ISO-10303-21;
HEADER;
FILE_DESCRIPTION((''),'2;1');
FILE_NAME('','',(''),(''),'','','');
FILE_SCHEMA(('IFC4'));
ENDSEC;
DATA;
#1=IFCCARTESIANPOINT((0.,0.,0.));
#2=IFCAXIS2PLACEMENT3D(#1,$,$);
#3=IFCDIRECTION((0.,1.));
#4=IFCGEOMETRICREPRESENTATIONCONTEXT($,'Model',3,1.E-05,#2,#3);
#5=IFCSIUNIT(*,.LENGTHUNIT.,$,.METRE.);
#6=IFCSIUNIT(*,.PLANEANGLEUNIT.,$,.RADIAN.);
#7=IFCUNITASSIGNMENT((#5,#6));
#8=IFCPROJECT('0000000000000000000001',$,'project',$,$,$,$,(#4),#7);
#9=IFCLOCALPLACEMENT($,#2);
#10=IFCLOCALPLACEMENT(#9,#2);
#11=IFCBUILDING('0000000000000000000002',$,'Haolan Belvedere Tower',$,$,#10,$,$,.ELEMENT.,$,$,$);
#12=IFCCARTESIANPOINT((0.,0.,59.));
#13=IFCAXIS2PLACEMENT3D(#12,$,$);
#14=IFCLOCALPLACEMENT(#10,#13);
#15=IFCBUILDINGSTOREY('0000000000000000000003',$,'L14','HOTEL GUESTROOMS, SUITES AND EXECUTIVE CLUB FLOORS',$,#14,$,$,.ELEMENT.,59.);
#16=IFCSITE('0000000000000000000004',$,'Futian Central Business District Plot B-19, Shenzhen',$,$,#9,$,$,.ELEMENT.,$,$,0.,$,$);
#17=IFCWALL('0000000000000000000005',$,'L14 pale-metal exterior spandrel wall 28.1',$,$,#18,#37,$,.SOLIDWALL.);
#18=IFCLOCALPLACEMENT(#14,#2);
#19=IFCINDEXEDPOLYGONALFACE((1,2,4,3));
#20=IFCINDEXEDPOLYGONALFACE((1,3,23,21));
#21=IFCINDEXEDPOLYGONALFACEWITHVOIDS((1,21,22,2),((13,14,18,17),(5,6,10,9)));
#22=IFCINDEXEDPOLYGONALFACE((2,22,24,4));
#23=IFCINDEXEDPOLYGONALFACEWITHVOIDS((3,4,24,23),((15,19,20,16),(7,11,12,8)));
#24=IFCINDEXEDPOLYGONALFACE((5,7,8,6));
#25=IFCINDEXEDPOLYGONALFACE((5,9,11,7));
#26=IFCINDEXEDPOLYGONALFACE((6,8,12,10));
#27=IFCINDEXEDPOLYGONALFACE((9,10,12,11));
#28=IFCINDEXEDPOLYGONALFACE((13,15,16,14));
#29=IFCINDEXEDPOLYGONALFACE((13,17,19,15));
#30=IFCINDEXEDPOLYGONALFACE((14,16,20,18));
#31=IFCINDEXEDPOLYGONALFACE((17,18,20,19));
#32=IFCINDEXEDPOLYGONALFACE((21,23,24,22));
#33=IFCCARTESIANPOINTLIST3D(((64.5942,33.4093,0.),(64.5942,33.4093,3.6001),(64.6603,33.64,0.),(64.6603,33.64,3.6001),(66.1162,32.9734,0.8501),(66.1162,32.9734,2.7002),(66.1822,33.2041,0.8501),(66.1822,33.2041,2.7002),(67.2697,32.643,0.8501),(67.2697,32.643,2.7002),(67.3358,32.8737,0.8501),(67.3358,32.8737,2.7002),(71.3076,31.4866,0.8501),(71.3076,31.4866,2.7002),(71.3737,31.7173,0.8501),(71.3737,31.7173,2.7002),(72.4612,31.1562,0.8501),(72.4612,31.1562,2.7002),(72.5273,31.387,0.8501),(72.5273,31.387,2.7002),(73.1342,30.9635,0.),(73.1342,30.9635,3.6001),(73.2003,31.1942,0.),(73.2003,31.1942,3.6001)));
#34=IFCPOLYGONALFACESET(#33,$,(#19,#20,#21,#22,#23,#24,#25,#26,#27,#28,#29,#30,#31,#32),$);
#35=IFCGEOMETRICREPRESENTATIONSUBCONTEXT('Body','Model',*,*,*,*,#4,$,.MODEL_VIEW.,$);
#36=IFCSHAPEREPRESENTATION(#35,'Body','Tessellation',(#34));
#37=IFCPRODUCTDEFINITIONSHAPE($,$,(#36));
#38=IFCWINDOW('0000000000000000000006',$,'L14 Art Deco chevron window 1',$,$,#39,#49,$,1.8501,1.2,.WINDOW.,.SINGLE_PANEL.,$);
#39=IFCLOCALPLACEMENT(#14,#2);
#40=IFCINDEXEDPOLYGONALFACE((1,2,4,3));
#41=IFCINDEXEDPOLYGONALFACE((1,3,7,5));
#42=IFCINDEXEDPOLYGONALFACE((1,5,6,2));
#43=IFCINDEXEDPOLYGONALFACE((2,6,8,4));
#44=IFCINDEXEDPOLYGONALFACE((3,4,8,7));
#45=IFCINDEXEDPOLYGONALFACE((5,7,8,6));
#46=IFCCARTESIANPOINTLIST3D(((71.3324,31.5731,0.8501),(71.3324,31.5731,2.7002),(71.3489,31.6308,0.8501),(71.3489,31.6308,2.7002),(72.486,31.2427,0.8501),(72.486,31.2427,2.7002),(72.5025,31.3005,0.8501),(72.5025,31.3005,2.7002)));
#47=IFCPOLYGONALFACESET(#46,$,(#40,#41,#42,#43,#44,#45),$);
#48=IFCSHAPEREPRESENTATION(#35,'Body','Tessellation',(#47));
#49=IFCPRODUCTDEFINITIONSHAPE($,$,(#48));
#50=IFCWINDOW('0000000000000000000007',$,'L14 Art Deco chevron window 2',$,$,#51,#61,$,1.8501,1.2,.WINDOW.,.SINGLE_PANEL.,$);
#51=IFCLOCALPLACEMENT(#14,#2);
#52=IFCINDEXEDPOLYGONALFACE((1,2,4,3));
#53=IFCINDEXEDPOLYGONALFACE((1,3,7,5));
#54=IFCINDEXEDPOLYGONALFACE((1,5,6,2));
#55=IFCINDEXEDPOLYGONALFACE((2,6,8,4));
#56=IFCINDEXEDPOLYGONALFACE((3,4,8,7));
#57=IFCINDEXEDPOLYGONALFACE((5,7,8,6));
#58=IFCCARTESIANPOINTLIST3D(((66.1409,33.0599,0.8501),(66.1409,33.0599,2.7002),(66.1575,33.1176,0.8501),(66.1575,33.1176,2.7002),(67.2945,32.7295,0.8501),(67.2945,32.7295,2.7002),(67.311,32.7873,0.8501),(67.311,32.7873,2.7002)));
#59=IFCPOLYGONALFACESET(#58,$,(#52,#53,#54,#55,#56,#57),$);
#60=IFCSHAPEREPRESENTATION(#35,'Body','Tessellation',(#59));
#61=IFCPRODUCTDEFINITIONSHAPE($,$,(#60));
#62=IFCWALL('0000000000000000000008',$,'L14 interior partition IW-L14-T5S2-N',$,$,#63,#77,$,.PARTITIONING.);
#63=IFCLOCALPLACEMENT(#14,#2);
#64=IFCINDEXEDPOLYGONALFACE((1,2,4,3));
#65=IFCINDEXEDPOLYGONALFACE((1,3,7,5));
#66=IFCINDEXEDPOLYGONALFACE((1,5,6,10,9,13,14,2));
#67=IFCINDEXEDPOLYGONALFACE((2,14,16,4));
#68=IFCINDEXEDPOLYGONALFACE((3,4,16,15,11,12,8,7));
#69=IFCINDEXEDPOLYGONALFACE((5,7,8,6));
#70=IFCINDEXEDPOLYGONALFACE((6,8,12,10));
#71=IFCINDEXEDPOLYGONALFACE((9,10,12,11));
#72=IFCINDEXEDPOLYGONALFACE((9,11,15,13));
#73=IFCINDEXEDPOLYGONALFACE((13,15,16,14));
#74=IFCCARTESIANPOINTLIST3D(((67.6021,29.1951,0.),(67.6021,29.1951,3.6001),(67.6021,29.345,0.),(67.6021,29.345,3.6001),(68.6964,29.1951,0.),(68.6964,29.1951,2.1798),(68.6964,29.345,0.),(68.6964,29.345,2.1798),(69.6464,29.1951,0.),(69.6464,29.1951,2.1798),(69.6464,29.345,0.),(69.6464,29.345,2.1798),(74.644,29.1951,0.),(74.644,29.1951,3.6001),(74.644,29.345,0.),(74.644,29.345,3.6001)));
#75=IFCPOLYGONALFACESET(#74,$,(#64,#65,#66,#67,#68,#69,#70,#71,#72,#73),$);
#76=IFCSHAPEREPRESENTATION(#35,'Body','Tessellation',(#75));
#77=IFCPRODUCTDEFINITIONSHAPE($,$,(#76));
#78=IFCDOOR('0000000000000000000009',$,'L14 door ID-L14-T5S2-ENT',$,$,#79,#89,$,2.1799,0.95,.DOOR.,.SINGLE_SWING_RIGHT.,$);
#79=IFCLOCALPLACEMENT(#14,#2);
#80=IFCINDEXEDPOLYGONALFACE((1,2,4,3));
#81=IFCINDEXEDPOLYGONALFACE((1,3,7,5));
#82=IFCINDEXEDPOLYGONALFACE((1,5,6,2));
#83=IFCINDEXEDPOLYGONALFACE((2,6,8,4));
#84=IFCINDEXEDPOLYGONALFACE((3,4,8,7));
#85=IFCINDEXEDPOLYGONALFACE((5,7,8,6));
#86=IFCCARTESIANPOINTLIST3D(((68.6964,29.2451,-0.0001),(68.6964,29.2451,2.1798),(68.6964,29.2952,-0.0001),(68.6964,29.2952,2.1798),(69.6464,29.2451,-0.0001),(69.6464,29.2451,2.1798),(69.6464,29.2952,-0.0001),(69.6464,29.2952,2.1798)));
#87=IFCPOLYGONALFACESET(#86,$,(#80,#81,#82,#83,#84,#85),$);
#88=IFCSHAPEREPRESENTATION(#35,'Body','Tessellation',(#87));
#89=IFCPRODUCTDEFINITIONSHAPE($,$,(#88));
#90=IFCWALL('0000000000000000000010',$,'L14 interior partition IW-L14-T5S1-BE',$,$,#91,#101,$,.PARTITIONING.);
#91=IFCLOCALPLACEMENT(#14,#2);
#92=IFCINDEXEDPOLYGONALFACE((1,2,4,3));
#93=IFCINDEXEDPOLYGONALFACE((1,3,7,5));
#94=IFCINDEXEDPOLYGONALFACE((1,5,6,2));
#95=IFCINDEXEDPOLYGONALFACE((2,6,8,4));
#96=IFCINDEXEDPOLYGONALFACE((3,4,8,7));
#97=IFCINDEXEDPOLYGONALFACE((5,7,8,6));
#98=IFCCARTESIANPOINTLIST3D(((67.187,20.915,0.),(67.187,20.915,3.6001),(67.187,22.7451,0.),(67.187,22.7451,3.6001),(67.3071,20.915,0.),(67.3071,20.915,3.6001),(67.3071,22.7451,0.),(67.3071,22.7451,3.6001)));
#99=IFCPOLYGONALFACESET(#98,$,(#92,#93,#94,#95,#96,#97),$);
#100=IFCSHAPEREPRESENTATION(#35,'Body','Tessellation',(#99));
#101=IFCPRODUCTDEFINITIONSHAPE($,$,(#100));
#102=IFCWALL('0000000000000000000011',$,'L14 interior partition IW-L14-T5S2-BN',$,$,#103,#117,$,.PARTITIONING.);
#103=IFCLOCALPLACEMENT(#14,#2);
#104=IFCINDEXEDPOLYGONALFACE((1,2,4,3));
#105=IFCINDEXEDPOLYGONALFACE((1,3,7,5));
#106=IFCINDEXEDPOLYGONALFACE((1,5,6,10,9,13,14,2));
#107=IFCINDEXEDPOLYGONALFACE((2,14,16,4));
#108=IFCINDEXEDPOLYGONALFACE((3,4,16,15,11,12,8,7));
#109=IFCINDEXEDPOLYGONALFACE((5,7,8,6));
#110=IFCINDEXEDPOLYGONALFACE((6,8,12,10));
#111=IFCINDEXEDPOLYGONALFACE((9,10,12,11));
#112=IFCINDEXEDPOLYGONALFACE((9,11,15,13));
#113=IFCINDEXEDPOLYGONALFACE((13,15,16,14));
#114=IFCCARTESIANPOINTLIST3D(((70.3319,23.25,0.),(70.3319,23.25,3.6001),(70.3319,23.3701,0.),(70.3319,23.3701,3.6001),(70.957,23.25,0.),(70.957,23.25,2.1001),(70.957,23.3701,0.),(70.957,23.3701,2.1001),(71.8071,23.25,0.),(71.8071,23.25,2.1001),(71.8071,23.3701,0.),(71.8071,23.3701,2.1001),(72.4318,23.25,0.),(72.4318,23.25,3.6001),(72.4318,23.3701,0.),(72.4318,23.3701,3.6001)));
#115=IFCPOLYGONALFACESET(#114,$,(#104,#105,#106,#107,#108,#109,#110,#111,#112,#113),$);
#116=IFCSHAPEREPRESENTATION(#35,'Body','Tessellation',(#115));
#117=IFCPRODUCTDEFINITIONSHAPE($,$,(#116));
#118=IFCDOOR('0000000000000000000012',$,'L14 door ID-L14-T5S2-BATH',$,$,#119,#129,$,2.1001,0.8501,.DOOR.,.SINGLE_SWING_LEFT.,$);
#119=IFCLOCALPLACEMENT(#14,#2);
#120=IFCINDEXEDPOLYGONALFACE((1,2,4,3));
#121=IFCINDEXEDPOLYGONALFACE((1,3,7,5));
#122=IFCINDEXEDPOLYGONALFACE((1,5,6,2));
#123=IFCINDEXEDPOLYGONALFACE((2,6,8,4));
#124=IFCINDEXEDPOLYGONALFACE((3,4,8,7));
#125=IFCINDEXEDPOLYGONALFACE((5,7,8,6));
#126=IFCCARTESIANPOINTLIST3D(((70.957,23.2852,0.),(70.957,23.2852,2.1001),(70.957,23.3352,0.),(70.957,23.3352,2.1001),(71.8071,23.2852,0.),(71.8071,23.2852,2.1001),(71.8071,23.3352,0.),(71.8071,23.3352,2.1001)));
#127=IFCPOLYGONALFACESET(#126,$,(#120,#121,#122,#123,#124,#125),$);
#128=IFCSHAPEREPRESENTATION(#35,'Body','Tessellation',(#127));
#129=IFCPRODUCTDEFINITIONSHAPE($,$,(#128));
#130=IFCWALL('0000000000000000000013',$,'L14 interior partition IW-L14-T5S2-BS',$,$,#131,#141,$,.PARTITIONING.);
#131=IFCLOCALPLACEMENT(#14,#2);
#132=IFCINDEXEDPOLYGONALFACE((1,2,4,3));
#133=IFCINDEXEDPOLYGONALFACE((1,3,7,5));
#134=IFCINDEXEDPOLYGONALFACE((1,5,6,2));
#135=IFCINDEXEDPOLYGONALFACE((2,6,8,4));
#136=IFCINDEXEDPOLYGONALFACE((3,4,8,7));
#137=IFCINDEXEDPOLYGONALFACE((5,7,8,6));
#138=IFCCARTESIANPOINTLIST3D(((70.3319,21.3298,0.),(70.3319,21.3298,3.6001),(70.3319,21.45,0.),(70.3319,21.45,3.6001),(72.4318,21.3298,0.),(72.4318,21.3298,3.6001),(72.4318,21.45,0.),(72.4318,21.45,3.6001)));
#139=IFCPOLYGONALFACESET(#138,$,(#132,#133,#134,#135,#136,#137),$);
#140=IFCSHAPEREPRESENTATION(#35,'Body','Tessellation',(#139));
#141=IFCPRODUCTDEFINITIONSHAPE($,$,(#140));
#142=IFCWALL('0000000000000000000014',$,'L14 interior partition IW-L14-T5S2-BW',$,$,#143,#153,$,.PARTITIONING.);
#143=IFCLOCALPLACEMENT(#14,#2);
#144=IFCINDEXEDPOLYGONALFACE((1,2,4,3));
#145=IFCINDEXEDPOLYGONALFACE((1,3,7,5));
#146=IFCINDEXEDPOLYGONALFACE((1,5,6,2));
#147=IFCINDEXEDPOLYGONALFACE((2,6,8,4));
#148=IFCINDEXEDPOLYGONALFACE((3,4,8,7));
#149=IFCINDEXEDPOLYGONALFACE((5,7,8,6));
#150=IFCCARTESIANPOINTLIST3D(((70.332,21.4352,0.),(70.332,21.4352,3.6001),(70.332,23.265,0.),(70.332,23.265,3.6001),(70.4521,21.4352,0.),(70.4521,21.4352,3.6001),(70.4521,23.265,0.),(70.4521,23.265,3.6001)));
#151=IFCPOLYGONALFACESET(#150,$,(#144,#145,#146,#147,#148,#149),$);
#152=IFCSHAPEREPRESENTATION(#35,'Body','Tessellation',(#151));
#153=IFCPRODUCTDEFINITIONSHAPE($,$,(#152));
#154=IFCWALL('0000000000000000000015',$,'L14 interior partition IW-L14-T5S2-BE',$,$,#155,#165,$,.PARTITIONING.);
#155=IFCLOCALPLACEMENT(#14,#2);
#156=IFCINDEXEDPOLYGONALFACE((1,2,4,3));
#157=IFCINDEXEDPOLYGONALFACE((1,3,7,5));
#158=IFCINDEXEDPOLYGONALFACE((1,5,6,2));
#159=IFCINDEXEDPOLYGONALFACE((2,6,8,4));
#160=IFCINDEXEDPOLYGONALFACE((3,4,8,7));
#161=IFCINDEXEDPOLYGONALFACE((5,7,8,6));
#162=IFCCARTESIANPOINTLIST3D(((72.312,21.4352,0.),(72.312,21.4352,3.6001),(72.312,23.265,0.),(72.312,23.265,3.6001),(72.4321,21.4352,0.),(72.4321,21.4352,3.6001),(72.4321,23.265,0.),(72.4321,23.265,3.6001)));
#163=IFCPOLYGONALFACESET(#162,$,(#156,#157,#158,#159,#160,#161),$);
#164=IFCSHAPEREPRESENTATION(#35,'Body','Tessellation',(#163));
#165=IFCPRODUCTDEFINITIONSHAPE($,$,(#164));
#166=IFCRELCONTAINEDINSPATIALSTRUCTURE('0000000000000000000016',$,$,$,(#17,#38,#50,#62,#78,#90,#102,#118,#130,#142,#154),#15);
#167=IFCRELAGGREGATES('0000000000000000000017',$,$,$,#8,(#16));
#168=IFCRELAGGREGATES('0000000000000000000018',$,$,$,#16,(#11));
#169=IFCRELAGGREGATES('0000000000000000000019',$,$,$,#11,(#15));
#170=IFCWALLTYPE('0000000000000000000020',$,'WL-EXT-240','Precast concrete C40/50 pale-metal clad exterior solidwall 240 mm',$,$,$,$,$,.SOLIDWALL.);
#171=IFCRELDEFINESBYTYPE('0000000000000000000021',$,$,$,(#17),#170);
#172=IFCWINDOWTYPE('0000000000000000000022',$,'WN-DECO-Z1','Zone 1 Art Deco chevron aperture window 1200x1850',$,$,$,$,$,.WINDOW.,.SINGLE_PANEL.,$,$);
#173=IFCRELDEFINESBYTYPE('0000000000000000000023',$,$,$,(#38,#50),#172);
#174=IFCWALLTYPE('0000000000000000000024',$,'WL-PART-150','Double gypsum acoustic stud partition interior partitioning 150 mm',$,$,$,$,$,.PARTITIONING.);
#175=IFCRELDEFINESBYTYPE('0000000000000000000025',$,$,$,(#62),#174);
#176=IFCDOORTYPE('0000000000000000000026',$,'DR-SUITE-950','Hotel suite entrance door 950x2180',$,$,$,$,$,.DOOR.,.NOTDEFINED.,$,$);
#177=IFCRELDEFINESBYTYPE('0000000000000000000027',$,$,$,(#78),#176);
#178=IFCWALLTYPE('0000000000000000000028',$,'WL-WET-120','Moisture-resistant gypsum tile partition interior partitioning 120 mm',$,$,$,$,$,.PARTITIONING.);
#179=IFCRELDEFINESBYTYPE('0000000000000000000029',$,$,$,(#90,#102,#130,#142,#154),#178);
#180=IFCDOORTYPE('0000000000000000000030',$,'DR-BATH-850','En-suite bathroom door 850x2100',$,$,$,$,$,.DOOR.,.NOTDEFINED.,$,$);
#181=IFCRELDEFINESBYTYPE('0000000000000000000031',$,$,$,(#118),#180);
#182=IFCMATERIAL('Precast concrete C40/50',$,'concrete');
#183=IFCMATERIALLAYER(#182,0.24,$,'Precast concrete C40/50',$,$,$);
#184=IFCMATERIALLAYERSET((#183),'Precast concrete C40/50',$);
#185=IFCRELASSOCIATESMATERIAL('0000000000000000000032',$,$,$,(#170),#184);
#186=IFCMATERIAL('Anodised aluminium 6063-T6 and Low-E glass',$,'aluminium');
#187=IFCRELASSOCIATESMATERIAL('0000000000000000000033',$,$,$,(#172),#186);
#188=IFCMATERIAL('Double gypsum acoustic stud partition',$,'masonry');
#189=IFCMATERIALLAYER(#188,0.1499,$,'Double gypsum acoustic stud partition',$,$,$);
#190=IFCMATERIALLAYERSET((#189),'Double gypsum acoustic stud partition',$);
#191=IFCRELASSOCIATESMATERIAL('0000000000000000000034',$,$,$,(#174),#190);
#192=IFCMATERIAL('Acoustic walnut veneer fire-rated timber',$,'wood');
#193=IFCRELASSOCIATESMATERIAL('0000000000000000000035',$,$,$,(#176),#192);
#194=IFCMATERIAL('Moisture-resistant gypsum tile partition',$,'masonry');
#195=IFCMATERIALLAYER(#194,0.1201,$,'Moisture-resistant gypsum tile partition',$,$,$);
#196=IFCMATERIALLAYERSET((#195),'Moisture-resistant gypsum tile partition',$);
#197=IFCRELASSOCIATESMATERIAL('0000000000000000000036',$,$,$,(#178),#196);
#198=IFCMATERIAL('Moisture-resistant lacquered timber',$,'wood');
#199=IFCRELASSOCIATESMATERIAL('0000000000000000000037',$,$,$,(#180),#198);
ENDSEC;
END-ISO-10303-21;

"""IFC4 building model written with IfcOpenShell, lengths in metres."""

from ifc_helpers import new_model, si_unit, direction, frame, frame_2d, origin, place, context, subcontext, project, spatial, rectangle, extrude, material, layer, layer_set, type_object, element, fill, save


model = new_model("IFC4")

# Units and contexts
model_context = context("Model", 3, precision=1e-05, world=origin(), true_north=direction((0.0, 1.0)))
body_context = subcontext(model_context, "Body", "Model", "MODEL_VIEW")
ifc_project = project(units=[si_unit("LENGTHUNIT", "METRE"), si_unit("PLANEANGLEUNIT", "RADIAN")], contexts=[model_context])

# Site, building, storey
site_placement = place(None, origin())
site = spatial("IfcSite", under=ifc_project, at=site_placement, Name="Futian Central Business District Plot B-19, Shenzhen", CompositionType="ELEMENT", RefElevation=0.0)
building_placement = place(site_placement, origin())
building = spatial("IfcBuilding", under=site, at=building_placement, Name="Haolan Belvedere Tower", CompositionType="ELEMENT")
storey_placement = place(building_placement, frame((0.0, 0.0, 59.0)))
storey = spatial("IfcBuildingStorey", under=building, at=storey_placement, Name="L14", Description="HOTEL GUESTROOMS, SUITES AND EXECUTIVE CLUB FLOORS", CompositionType="ELEMENT", Elevation=59.0)

# Shared definitions
ifc_material_1 = material(Name="Precast concrete C40/50", Category="concrete")
ifc_layer_1 = layer(ifc_material_1, 0.24, Name="Precast concrete C40/50")
ifc_layer_set_1 = layer_set([ifc_layer_1], Name="Precast concrete C40/50")
wall_type_1 = type_object("IfcWallType", Name="WL-EXT-240", Description="Precast concrete C40/50 pale-metal clad exterior solidwall 240 mm", PredefinedType="SOLIDWALL", material=ifc_layer_set_1)
ifc_material_2 = material(Name="Anodised aluminium 6063-T6 and Low-E glass", Category="aluminium")
window_type = type_object("IfcWindowType", Name="WN-DECO-Z1", Description="Zone 1 Art Deco chevron aperture window 1200x1850", PartitioningType="SINGLE_PANEL", PredefinedType="WINDOW", material=ifc_material_2)

# Wall, openings, windows
wall_1_placement = place(storey_placement, frame((73.1672, 31.0789, 0.0), z_axis=(0.0, 0.0, 1.0), x_axis=(-0.961352, 0.275324, 0.0)))
wall_1 = element("IfcWall", 1, at=wall_1_placement, inside=storey, type_object=wall_type_1, Name="L14 pale-metal exterior spandrel wall 28.1", PredefinedType="SOLIDWALL", context=body_context, shape_type="SweptSolid", body=[
    extrude(rectangle(XDim=8.8833, YDim=0.24, at=frame_2d((4.4417, 0.0))), origin(), (0.0, 0.0, 1.0), 3.6001),
])
opening_1_placement = place(wall_1_placement, frame((0.7, 0.0, 0.8501)))
opening_1 = element("IfcOpeningElement", 2, at=opening_1_placement, cuts=wall_1, PredefinedType="OPENING", context=body_context, shape_type="SweptSolid", body=[
    extrude(rectangle(XDim=1.2, YDim=1.8501, at=frame_2d((0.6001, 0.925))), frame((0.0, 0.1299, 0.0), z_axis=(0.0, -1.0, 0.0), x_axis=(1.0, 0.0, 0.0)), (0.0, 0.0, 1.0), 0.26),
])
opening_2_placement = place(wall_1_placement, frame((6.1001, 0.0, 0.8501)))
opening_2 = element("IfcOpeningElement", 3, at=opening_2_placement, cuts=wall_1, PredefinedType="OPENING", context=body_context, shape_type="SweptSolid", body=[
    extrude(rectangle(XDim=1.2, YDim=1.8501, at=frame_2d((0.6001, 0.925))), frame((0.0, 0.1299, 0.0), z_axis=(0.0, -1.0, 0.0), x_axis=(1.0, 0.0, 0.0)), (0.0, 0.0, 1.0), 0.26),
])
window_1_placement = place(opening_1_placement, origin())
window_1 = element("IfcWindow", 4, at=window_1_placement, inside=storey, type_object=window_type, Name="L14 Art Deco chevron window 1", OverallHeight=1.8501, OverallWidth=1.2, PartitioningType="SINGLE_PANEL", PredefinedType="WINDOW", context=body_context, shape_type="SweptSolid", body=[
    extrude(rectangle(XDim=1.2, YDim=1.8501, at=frame_2d((0.6001, 0.925))), frame((0.0, 0.03, 0.0), z_axis=(0.0, -1.0, 0.0), x_axis=(1.0, 0.0, 0.0)), (0.0, 0.0, 1.0), 0.0601),
])
fill(opening_1, window_1)
window_2_placement = place(opening_2_placement, origin())
window_2 = element("IfcWindow", 5, at=window_2_placement, inside=storey, type_object=window_type, Name="L14 Art Deco chevron window 2", OverallHeight=1.8501, OverallWidth=1.2, PartitioningType="SINGLE_PANEL", PredefinedType="WINDOW", context=body_context, shape_type="SweptSolid", body=[
    extrude(rectangle(XDim=1.2, YDim=1.8501, at=frame_2d((0.6001, 0.925))), frame((0.0, 0.03, 0.0), z_axis=(0.0, -1.0, 0.0), x_axis=(1.0, 0.0, 0.0)), (0.0, 0.0, 1.0), 0.0601),
])
fill(opening_2, window_2)

# Wall, opening, door
ifc_material_3 = material(Name="Double gypsum acoustic stud partition", Category="masonry")
ifc_layer_2 = layer(ifc_material_3, 0.1499, Name="Double gypsum acoustic stud partition")
ifc_layer_set_2 = layer_set([ifc_layer_2], Name="Double gypsum acoustic stud partition")
wall_type_2 = type_object("IfcWallType", Name="WL-PART-150", Description="Double gypsum acoustic stud partition interior partitioning 150 mm", PredefinedType="PARTITIONING", material=ifc_layer_set_2)
wall_2_placement = place(storey_placement, frame((67.6021, 29.27, 0.0), z_axis=(0.0, 0.0, 1.0), x_axis=(1.0, 0.0, 0.0)))
wall_2 = element("IfcWall", 6, at=wall_2_placement, inside=storey, type_object=wall_type_2, Name="L14 interior partition IW-L14-T5S2-N", PredefinedType="PARTITIONING", context=body_context, shape_type="SweptSolid", body=[
    extrude(rectangle(XDim=7.042, YDim=0.1499, at=frame_2d((3.521, 0.0))), origin(), (0.0, 0.0, 1.0), 3.6001),
])
opening_3_placement = place(wall_2_placement, frame((2.0444, 0.0, 0.0), z_axis=(0.0, 0.0, 1.0), x_axis=(-1.0, 0.0, 0.0)))
opening_3 = element("IfcOpeningElement", 7, at=opening_3_placement, cuts=wall_2, PredefinedType="OPENING", context=body_context, shape_type="SweptSolid", body=[
    extrude(rectangle(XDim=0.95, YDim=2.1799, at=frame_2d((0.4751, 1.0898))), frame((0.0, 0.085, 0.0), z_axis=(0.0, -1.0, 0.0), x_axis=(1.0, 0.0, 0.0)), (0.0, 0.0, 1.0), 0.1699),
])
ifc_material_4 = material(Name="Acoustic walnut veneer fire-rated timber", Category="wood")
door_type_1 = type_object("IfcDoorType", Name="DR-SUITE-950", Description="Hotel suite entrance door 950x2180", OperationType="NOTDEFINED", PredefinedType="DOOR", material=ifc_material_4)
door_1_placement = place(opening_3_placement, origin())
door_1 = element("IfcDoor", 8, at=door_1_placement, inside=storey, type_object=door_type_1, Name="L14 door ID-L14-T5S2-ENT", OperationType="SINGLE_SWING_RIGHT", OverallHeight=2.1799, OverallWidth=0.95, PredefinedType="DOOR", context=body_context, shape_type="SweptSolid", body=[
    extrude(rectangle(XDim=0.95, YDim=2.1799, at=frame_2d((0.4751, 1.0898))), frame((0.0, 0.0249, 0.0), z_axis=(0.0, -1.0, 0.0), x_axis=(1.0, 0.0, 0.0)), (0.0, 0.0, 1.0), 0.05),
])
fill(opening_3, door_1)

# Wall
ifc_material_5 = material(Name="Moisture-resistant gypsum tile partition", Category="masonry")
ifc_layer_3 = layer(ifc_material_5, 0.1201, Name="Moisture-resistant gypsum tile partition")
ifc_layer_set_3 = layer_set([ifc_layer_3], Name="Moisture-resistant gypsum tile partition")
wall_type_3 = type_object("IfcWallType", Name="WL-WET-120", Description="Moisture-resistant gypsum tile partition interior partitioning 120 mm", PredefinedType="PARTITIONING", material=ifc_layer_set_3)
wall_3_placement = place(storey_placement, frame((67.2471, 20.915, 0.0), z_axis=(0.0, 0.0, 1.0), x_axis=(0.0, 1.0, 0.0)))
element("IfcWall", 9, at=wall_3_placement, inside=storey, type_object=wall_type_3, Name="L14 interior partition IW-L14-T5S1-BE", PredefinedType="PARTITIONING", context=body_context, shape_type="SweptSolid", body=[
    extrude(rectangle(XDim=1.8301, YDim=0.1201, at=frame_2d((0.915, 0.0))), origin(), (0.0, 0.0, 1.0), 3.6001),
])

# Wall, opening, door
wall_4_placement = place(storey_placement, frame((70.332, 23.3101, 0.0), z_axis=(0.0, 0.0, 1.0), x_axis=(1.0, 0.0, 0.0)))
wall_4 = element("IfcWall", 10, at=wall_4_placement, inside=storey, type_object=wall_type_3, Name="L14 interior partition IW-L14-T5S2-BN", PredefinedType="PARTITIONING", context=body_context, shape_type="SweptSolid", body=[
    extrude(rectangle(XDim=2.0999, YDim=0.1201, at=frame_2d((1.0498, 0.0))), origin(), (0.0, 0.0, 1.0), 3.6001),
])
opening_4_placement = place(wall_4_placement, frame((1.4751, 0.0, 0.0), z_axis=(0.0, 0.0, 1.0), x_axis=(-1.0, 0.0, 0.0)))
opening_4 = element("IfcOpeningElement", 11, at=opening_4_placement, cuts=wall_4, PredefinedType="OPENING", context=body_context, shape_type="SweptSolid", body=[
    extrude(rectangle(XDim=0.8501, YDim=2.1001, at=frame_2d((0.425, 1.05))), frame((0.0, 0.0701, 0.0), z_axis=(0.0, -1.0, 0.0), x_axis=(1.0, 0.0, 0.0)), (0.0, 0.0, 1.0), 0.1401),
])
ifc_material_6 = material(Name="Moisture-resistant lacquered timber", Category="wood")
door_type_2 = type_object("IfcDoorType", Name="DR-BATH-850", Description="En-suite bathroom door 850x2100", OperationType="NOTDEFINED", PredefinedType="DOOR", material=ifc_material_6)
door_2_placement = place(opening_4_placement, origin())
door_2 = element("IfcDoor", 12, at=door_2_placement, inside=storey, type_object=door_type_2, Name="L14 door ID-L14-T5S2-BATH", OperationType="SINGLE_SWING_LEFT", OverallHeight=2.1001, OverallWidth=0.8501, PredefinedType="DOOR", context=body_context, shape_type="SweptSolid", body=[
    extrude(rectangle(XDim=0.8501, YDim=2.1001, at=frame_2d((0.425, 1.05))), frame((0.0, 0.0249, 0.0), z_axis=(0.0, -1.0, 0.0), x_axis=(1.0, 0.0, 0.0)), (0.0, 0.0, 1.0), 0.05),
])
fill(opening_4, door_2)

# Walls
wall_5_placement = place(storey_placement, frame((70.332, 21.3899, 0.0), z_axis=(0.0, 0.0, 1.0), x_axis=(1.0, 0.0, 0.0)))
element("IfcWall", 13, at=wall_5_placement, inside=storey, type_object=wall_type_3, Name="L14 interior partition IW-L14-T5S2-BS", PredefinedType="PARTITIONING", context=body_context, shape_type="SweptSolid", body=[
    extrude(rectangle(XDim=2.0999, YDim=0.1201, at=frame_2d((1.0498, 0.0))), origin(), (0.0, 0.0, 1.0), 3.6001),
])
for number, where, z_axis, x_axis, name in (
    (14, (70.3921, 21.4351, 0.0), (0.0, 0.0, 1.0), (0.0, 1.0, 0.0), "L14 interior partition IW-L14-T5S2-BW"),
    (15, (72.3721, 21.4351, 0.0), (0.0, 0.0, 1.0), (0.0, 1.0, 0.0), "L14 interior partition IW-L14-T5S2-BE"),
):
    element("IfcWall", number, at=place(storey_placement, frame(where, z_axis=z_axis, x_axis=x_axis)), inside=storey, type_object=wall_type_3, Name=name, PredefinedType="PARTITIONING", context=body_context, shape_type="SweptSolid", body=[
        extrude(rectangle(XDim=1.8298, YDim=0.1201, at=frame_2d((0.915, 0.0))), origin(), (0.0, 0.0, 1.0), 3.6001),
    ])

save(model, "model.ifc")
